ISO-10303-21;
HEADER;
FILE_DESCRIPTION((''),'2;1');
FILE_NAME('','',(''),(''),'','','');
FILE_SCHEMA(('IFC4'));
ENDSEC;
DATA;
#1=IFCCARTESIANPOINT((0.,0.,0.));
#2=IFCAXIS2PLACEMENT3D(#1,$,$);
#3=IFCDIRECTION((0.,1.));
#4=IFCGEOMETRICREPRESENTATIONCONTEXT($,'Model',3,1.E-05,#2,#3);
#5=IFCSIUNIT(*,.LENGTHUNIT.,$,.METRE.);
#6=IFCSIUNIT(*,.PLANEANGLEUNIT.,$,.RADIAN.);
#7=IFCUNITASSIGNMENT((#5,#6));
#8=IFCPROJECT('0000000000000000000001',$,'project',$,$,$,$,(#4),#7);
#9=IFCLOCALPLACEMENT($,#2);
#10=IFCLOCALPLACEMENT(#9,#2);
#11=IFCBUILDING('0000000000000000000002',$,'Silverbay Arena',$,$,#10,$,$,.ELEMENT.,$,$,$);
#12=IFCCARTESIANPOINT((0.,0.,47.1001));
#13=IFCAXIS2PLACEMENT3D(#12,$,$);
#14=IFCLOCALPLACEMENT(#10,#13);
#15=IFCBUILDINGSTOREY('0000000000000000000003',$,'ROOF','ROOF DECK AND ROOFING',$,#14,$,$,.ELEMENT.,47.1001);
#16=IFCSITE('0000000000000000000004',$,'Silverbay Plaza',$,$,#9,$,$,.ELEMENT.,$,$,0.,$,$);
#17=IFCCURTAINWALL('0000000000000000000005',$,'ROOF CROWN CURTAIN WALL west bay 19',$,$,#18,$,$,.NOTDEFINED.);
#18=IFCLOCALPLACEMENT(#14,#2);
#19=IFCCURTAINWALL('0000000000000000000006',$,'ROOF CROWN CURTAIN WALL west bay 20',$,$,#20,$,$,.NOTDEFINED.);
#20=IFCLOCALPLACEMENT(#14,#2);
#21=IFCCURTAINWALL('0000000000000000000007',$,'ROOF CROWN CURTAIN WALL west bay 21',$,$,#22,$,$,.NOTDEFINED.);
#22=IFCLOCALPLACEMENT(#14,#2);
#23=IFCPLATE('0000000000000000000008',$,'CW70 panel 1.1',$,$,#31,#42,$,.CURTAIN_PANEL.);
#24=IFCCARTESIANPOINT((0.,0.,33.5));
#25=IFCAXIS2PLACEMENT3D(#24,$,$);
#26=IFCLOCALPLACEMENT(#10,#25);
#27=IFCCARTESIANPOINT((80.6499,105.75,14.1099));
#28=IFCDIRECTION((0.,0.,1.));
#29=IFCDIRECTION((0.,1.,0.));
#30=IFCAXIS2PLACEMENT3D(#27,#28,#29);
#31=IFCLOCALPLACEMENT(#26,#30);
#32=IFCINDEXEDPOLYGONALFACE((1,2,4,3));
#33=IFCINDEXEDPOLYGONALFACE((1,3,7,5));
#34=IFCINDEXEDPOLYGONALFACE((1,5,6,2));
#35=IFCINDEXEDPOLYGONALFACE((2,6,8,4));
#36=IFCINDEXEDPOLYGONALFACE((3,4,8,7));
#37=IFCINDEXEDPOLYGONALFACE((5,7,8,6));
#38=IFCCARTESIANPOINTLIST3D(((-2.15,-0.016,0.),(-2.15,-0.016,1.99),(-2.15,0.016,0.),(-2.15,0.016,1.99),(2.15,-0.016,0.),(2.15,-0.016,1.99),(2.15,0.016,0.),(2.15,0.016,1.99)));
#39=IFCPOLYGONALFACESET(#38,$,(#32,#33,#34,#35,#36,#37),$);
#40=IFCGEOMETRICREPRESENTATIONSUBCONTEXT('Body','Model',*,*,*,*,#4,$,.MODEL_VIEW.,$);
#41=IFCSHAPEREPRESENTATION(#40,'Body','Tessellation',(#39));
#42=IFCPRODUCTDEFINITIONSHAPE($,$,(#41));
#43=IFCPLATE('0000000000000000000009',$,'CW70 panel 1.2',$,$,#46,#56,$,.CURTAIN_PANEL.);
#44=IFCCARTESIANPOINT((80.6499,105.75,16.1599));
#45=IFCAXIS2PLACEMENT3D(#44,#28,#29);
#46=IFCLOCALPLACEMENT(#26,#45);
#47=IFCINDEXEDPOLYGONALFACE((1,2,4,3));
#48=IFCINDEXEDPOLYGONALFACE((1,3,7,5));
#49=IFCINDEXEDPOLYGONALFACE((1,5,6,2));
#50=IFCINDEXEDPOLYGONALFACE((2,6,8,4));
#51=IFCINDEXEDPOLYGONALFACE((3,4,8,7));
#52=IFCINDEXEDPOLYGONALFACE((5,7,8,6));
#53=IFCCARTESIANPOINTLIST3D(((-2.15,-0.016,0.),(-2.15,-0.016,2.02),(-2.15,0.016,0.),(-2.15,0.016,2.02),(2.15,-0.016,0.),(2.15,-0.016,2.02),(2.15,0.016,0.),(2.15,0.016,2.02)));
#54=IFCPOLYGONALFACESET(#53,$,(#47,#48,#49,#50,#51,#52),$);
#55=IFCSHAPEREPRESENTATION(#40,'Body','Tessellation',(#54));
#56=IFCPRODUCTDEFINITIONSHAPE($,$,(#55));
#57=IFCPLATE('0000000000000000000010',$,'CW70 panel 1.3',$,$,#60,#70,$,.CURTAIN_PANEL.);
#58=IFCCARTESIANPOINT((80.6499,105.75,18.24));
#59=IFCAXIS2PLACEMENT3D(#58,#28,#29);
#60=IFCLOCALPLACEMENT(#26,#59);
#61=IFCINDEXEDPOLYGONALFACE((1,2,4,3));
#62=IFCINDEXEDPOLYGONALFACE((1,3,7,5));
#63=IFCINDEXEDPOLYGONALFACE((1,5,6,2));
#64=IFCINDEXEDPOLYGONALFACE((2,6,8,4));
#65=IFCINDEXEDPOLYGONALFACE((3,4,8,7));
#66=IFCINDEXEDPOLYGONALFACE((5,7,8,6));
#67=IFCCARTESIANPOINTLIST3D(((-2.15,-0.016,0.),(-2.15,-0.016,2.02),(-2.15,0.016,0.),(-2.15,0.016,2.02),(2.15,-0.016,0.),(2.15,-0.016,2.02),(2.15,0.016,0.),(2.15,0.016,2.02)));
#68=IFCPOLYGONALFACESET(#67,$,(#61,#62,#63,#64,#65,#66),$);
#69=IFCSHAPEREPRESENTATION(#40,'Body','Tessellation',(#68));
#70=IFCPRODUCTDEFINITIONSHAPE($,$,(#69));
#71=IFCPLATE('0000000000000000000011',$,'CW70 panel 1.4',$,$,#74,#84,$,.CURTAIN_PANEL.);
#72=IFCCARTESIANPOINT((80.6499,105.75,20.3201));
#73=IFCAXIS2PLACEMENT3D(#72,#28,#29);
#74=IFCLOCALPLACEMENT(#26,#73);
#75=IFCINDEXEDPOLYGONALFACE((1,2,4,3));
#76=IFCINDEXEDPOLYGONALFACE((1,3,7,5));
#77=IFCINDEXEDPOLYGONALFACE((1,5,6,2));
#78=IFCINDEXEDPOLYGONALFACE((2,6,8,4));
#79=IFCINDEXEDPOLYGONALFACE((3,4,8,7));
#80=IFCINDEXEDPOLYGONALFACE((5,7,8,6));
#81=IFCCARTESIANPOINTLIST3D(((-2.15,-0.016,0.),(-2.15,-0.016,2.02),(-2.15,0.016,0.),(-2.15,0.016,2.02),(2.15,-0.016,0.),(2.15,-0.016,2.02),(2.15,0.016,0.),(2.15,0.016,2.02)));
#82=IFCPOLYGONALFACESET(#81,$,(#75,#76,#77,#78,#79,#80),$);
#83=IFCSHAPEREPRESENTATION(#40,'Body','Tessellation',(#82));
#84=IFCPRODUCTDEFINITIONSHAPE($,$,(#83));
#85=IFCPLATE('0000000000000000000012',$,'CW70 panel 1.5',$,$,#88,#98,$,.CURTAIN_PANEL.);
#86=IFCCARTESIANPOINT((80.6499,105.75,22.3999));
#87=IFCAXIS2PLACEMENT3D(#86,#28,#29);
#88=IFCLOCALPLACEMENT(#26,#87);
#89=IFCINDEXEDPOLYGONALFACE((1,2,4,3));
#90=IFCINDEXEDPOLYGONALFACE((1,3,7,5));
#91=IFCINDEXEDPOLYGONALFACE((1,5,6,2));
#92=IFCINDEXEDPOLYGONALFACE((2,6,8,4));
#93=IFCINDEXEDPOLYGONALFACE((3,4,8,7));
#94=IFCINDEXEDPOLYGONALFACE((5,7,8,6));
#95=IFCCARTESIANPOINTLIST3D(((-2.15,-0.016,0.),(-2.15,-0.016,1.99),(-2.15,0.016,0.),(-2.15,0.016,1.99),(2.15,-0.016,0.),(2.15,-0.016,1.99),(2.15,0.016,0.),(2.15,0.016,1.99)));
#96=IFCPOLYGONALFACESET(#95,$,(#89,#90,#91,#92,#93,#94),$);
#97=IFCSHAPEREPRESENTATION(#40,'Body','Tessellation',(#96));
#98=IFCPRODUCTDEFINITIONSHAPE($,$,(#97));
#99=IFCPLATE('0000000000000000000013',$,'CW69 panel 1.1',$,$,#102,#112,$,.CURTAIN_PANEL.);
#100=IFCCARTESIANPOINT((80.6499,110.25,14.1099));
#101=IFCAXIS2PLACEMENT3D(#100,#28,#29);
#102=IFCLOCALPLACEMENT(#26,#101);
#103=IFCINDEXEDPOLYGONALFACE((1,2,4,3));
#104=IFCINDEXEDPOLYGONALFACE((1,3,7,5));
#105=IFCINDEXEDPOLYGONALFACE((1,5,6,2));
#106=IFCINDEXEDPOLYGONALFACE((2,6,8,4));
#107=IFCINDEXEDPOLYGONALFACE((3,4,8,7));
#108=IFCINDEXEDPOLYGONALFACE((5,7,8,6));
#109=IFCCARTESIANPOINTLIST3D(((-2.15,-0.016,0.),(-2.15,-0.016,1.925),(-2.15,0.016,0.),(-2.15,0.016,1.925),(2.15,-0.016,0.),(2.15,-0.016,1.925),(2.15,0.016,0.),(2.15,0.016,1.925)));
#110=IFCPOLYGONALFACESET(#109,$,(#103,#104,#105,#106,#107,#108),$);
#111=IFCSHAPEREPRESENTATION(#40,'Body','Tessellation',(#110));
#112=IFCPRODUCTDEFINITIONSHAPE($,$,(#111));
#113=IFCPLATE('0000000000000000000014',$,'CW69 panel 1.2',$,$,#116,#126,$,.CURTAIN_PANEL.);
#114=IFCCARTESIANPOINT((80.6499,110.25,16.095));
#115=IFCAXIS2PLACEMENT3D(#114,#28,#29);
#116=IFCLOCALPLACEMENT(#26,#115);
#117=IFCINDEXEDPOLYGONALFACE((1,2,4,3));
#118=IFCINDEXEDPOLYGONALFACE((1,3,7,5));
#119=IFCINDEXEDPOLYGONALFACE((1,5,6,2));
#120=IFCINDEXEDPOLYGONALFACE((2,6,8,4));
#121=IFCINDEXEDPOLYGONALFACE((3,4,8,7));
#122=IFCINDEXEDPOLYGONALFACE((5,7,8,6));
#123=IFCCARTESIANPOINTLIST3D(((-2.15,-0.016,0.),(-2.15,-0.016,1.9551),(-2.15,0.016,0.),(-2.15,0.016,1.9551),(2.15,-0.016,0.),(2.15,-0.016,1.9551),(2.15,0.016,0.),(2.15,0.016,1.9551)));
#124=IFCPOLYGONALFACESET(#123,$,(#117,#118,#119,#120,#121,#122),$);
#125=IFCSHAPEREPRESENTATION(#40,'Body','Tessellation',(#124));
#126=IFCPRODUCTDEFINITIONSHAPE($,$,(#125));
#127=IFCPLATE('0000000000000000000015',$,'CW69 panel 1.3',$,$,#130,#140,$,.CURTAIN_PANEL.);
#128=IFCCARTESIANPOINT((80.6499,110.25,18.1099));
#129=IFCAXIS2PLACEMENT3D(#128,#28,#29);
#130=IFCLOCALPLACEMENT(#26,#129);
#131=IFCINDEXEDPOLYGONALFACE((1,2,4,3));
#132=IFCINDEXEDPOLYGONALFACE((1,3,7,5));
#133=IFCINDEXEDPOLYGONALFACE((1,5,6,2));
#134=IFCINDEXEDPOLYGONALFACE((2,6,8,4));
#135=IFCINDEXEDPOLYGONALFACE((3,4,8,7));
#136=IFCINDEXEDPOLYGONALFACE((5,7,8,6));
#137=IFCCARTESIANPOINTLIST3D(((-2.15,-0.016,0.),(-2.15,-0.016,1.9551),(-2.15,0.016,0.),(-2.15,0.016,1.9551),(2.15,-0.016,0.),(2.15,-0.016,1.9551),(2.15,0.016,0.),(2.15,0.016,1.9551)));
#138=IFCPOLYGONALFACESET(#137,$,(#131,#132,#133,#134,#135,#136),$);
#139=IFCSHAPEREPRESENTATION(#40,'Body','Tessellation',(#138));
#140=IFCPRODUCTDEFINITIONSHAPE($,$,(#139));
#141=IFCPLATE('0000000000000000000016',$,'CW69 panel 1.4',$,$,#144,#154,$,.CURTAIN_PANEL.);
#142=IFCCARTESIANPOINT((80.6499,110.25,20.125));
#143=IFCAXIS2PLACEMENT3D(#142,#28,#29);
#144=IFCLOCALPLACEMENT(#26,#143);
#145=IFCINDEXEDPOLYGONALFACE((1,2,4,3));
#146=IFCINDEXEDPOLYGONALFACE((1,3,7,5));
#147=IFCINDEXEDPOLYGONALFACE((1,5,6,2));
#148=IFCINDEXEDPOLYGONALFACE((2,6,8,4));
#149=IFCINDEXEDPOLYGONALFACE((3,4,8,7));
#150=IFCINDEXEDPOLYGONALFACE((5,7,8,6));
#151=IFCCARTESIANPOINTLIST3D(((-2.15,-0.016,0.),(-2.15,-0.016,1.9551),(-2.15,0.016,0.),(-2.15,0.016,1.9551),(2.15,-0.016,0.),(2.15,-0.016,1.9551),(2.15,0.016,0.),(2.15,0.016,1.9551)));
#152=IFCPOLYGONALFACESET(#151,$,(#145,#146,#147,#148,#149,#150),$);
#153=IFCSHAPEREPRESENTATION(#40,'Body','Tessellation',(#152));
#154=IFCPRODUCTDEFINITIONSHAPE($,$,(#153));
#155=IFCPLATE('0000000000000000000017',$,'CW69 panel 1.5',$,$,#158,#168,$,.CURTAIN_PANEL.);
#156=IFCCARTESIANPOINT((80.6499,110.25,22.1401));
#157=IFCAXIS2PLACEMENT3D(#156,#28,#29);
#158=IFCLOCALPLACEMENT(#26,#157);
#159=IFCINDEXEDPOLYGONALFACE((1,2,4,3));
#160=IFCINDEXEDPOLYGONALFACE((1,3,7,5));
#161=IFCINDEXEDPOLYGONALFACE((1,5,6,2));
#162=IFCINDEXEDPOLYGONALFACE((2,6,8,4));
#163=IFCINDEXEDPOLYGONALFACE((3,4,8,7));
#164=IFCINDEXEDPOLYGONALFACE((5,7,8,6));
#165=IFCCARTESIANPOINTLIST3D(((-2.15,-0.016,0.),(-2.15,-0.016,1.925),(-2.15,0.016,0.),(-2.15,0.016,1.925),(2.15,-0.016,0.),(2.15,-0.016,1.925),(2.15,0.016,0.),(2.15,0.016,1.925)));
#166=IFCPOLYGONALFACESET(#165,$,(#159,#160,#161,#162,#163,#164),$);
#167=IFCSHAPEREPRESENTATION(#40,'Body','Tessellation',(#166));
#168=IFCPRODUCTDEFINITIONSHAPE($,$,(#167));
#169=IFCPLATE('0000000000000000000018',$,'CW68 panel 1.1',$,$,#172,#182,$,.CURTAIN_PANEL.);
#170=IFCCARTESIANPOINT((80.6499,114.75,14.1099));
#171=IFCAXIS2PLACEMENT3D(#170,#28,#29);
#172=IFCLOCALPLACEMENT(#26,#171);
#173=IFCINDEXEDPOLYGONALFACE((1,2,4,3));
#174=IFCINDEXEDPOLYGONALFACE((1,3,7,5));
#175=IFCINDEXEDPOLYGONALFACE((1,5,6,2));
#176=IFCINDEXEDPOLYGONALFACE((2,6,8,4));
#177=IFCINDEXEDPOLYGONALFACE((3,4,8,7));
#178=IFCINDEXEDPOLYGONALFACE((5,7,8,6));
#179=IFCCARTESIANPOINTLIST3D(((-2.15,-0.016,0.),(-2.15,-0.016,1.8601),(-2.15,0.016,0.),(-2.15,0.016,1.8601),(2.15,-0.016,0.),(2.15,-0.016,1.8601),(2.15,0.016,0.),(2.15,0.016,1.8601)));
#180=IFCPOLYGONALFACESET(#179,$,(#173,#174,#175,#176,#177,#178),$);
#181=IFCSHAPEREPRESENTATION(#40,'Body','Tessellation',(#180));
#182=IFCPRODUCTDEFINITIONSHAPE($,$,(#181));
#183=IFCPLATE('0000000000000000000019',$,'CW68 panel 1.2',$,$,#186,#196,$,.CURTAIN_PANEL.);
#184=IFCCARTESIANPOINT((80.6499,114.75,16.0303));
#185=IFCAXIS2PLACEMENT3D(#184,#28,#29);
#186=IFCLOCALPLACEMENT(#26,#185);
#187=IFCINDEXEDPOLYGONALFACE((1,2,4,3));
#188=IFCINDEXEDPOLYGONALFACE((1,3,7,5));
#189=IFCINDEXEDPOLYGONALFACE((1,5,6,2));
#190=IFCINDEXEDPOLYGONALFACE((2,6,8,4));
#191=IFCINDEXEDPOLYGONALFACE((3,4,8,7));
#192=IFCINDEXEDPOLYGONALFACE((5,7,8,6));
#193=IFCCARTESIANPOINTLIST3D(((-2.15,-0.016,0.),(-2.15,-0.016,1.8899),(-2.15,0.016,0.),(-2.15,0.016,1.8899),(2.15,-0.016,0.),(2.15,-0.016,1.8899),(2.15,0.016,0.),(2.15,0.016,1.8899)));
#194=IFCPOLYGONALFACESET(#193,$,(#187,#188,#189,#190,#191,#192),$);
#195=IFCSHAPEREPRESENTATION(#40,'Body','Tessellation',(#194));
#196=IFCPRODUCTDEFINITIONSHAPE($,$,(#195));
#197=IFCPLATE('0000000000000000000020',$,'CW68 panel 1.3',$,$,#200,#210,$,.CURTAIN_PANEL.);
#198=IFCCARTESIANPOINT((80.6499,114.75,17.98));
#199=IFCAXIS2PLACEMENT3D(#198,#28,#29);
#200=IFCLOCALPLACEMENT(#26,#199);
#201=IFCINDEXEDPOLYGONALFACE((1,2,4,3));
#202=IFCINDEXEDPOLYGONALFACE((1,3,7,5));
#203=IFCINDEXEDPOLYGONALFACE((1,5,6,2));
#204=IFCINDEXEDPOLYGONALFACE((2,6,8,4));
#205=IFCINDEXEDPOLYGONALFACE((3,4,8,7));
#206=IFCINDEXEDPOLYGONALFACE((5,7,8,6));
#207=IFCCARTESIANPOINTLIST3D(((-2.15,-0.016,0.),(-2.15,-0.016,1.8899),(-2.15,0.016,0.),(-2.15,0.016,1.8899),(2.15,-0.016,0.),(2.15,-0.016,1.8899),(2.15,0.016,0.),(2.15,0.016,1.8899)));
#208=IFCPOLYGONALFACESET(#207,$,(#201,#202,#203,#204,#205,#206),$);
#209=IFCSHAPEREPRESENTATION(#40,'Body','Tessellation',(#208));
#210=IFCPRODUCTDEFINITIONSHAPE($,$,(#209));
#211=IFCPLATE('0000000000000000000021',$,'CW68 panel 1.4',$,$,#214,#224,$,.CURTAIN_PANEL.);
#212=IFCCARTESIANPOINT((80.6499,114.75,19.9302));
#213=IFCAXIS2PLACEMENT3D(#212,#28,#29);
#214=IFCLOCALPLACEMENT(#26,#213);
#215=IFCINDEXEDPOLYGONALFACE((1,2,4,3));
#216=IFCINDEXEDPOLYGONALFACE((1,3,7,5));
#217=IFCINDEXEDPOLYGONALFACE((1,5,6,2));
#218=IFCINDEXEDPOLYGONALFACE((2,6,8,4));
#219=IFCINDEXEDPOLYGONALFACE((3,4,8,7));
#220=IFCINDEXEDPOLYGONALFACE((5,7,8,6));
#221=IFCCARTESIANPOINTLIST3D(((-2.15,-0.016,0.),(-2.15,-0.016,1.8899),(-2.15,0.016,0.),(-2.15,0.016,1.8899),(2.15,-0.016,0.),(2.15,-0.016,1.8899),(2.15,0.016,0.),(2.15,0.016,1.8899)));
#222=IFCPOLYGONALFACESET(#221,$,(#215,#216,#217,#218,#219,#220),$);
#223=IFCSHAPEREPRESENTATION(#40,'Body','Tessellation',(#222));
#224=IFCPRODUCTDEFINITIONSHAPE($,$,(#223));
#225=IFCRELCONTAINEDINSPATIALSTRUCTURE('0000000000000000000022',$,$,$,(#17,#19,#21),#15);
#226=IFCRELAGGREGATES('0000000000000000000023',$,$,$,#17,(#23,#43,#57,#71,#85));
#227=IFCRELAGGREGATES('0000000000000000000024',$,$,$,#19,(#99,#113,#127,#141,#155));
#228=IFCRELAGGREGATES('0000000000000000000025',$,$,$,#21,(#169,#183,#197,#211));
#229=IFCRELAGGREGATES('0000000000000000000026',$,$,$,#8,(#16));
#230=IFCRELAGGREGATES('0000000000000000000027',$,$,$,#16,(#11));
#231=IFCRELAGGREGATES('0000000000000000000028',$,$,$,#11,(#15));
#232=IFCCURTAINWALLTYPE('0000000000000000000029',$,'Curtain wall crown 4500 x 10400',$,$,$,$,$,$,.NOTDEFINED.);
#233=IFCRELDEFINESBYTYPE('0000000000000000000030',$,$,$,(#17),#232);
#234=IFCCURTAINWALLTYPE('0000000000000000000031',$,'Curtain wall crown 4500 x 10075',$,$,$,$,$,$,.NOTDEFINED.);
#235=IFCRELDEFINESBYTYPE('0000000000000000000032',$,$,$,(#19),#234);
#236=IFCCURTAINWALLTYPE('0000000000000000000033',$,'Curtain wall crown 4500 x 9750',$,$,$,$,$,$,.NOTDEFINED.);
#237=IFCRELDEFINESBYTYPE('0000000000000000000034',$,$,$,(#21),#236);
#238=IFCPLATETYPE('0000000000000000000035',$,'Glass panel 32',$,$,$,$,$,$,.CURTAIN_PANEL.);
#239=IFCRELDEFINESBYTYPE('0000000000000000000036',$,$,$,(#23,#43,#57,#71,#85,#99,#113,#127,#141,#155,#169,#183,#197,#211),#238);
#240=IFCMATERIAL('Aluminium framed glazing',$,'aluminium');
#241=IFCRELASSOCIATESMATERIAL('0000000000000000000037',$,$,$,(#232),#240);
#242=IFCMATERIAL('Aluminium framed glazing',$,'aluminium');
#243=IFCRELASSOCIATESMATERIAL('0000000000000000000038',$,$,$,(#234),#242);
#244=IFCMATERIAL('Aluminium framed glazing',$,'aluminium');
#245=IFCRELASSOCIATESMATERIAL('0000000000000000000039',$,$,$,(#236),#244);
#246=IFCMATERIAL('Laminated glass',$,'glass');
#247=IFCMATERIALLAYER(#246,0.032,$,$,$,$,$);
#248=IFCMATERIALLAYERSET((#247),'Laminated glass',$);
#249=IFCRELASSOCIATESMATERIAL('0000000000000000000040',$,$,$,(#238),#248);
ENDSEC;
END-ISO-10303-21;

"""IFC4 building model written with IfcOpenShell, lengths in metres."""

from ifc_helpers import new_model, si_unit, direction, frame, origin, origin_2d, place, context, subcontext, project, spatial, rectangle, extrude, material, layer, layer_set, type_object, element, aggregate, save


model = new_model("IFC4")

# Units and contexts
model_context = context("Model", 3, precision=1e-05, world=origin(), true_north=direction((0.0, 1.0)))
body_context = subcontext(model_context, "Body", "Model", "MODEL_VIEW")
ifc_project = project(units=[si_unit("LENGTHUNIT", "METRE"), si_unit("PLANEANGLEUNIT", "RADIAN")], contexts=[model_context])

# Site, building, storey
site_placement = place(None, origin())
site = spatial("IfcSite", under=ifc_project, at=site_placement, Name="Silverbay Plaza", CompositionType="ELEMENT", RefElevation=0.0)
building_placement = place(site_placement, origin())
building = spatial("IfcBuilding", under=site, at=building_placement, Name="Silverbay Arena", CompositionType="ELEMENT")
storey_placement = place(building_placement, frame((0.0, 0.0, 47.1001)))
storey = spatial("IfcBuildingStorey", under=building, at=storey_placement, Name="ROOF", Description="ROOF DECK AND ROOFING", CompositionType="ELEMENT", Elevation=47.1001)

# Curtain wall
ifc_material_1 = material(Name="Aluminium framed glazing", Category="aluminium")
curtain_wall_type_1 = type_object("IfcCurtainWallType", Name="Curtain wall crown 4500 x 10400", PredefinedType="NOTDEFINED", material=ifc_material_1)
curtain_wall_1_placement = place(storey_placement, origin())
curtain_wall_1 = element("IfcCurtainWall", 1, at=curtain_wall_1_placement, inside=storey, type_object=curtain_wall_type_1, Name="ROOF CROWN CURTAIN WALL west bay 19", PredefinedType="NOTDEFINED")
placement = place(building_placement, frame((0.0, 0.0, 33.5)))

# Curtain walls
ifc_material_2 = material(Name="Aluminium framed glazing", Category="aluminium")
curtain_wall_type_2 = type_object("IfcCurtainWallType", Name="Curtain wall crown 4500 x 10075", PredefinedType="NOTDEFINED", material=ifc_material_2)
curtain_wall_2_placement = place(storey_placement, origin())
curtain_wall_2 = element("IfcCurtainWall", 2, at=curtain_wall_2_placement, inside=storey, type_object=curtain_wall_type_2, Name="ROOF CROWN CURTAIN WALL west bay 20", PredefinedType="NOTDEFINED")
ifc_material_3 = material(Name="Aluminium framed glazing", Category="aluminium")
curtain_wall_type_3 = type_object("IfcCurtainWallType", Name="Curtain wall crown 4500 x 9750", PredefinedType="NOTDEFINED", material=ifc_material_3)
curtain_wall_3_placement = place(storey_placement, origin())
curtain_wall_3 = element("IfcCurtainWall", 3, at=curtain_wall_3_placement, inside=storey, type_object=curtain_wall_type_3, Name="ROOF CROWN CURTAIN WALL west bay 21", PredefinedType="NOTDEFINED")

# Plates
ifc_material_4 = material(Name="Laminated glass", Category="glass")
ifc_layer_1 = layer(ifc_material_4, 0.032)
ifc_layer_set_1 = layer_set([ifc_layer_1], Name="Laminated glass")
plate_type = type_object("IfcPlateType", Name="Glass panel 32", PredefinedType="CURTAIN_PANEL", material=ifc_layer_set_1)
plate_1_placement = place(placement, frame((80.6499, 105.75, 14.1099), z_axis=(0.0, 0.0, 1.0), x_axis=(0.0, 1.0, 0.0)))
plate_1 = element("IfcPlate", 4, at=plate_1_placement, type_object=plate_type, Name="CW70 panel 1.1", PredefinedType="CURTAIN_PANEL", context=body_context, shape_type="SweptSolid", body=[
    extrude(rectangle(XDim=4.3, YDim=0.032, at=origin_2d()), origin(), (0.0, 0.0, 1.0), 1.99),
])
plate_2_placement = place(placement, frame((80.6499, 105.75, 16.1599), z_axis=(0.0, 0.0, 1.0), x_axis=(0.0, 1.0, 0.0)))
plate_2 = element("IfcPlate", 5, at=plate_2_placement, type_object=plate_type, Name="CW70 panel 1.2", PredefinedType="CURTAIN_PANEL", context=body_context, shape_type="SweptSolid", body=[
    extrude(rectangle(XDim=4.3, YDim=0.032, at=origin_2d()), origin(), (0.0, 0.0, 1.0), 2.02),
])
plate_3_placement = place(placement, frame((80.6499, 105.75, 18.24), z_axis=(0.0, 0.0, 1.0), x_axis=(0.0, 1.0, 0.0)))
plate_3 = element("IfcPlate", 6, at=plate_3_placement, type_object=plate_type, Name="CW70 panel 1.3", PredefinedType="CURTAIN_PANEL", context=body_context, shape_type="SweptSolid", body=[
    extrude(rectangle(XDim=4.3, YDim=0.032, at=origin_2d()), origin(), (0.0, 0.0, 1.0), 2.02),
])
plate_4_placement = place(placement, frame((80.6499, 105.75, 20.3201), z_axis=(0.0, 0.0, 1.0), x_axis=(0.0, 1.0, 0.0)))
plate_4 = element("IfcPlate", 7, at=plate_4_placement, type_object=plate_type, Name="CW70 panel 1.4", PredefinedType="CURTAIN_PANEL", context=body_context, shape_type="SweptSolid", body=[
    extrude(rectangle(XDim=4.3, YDim=0.032, at=origin_2d()), origin(), (0.0, 0.0, 1.0), 2.02),
])
plate_5_placement = place(placement, frame((80.6499, 105.75, 22.3999), z_axis=(0.0, 0.0, 1.0), x_axis=(0.0, 1.0, 0.0)))
plate_5 = element("IfcPlate", 8, at=plate_5_placement, type_object=plate_type, Name="CW70 panel 1.5", PredefinedType="CURTAIN_PANEL", context=body_context, shape_type="SweptSolid", body=[
    extrude(rectangle(XDim=4.3, YDim=0.032, at=origin_2d()), origin(), (0.0, 0.0, 1.0), 1.99),
])
aggregate(curtain_wall_1, [plate_1, plate_2, plate_3, plate_4, plate_5])
plate_6_placement = place(placement, frame((80.6499, 110.25, 14.1099), z_axis=(0.0, 0.0, 1.0), x_axis=(0.0, 1.0, 0.0)))
plate_6 = element("IfcPlate", 9, at=plate_6_placement, type_object=plate_type, Name="CW69 panel 1.1", PredefinedType="CURTAIN_PANEL", context=body_context, shape_type="SweptSolid", body=[
    extrude(rectangle(XDim=4.3, YDim=0.032, at=origin_2d()), origin(), (0.0, 0.0, 1.0), 1.925),
])
plate_7_placement = place(placement, frame((80.6499, 110.25, 16.095), z_axis=(0.0, 0.0, 1.0), x_axis=(0.0, 1.0, 0.0)))
plate_7 = element("IfcPlate", 10, at=plate_7_placement, type_object=plate_type, Name="CW69 panel 1.2", PredefinedType="CURTAIN_PANEL", context=body_context, shape_type="SweptSolid", body=[
    extrude(rectangle(XDim=4.3, YDim=0.032, at=origin_2d()), origin(), (0.0, 0.0, 1.0), 1.9551),
])
plate_8_placement = place(placement, frame((80.6499, 110.25, 18.1099), z_axis=(0.0, 0.0, 1.0), x_axis=(0.0, 1.0, 0.0)))
plate_8 = element("IfcPlate", 11, at=plate_8_placement, type_object=plate_type, Name="CW69 panel 1.3", PredefinedType="CURTAIN_PANEL", context=body_context, shape_type="SweptSolid", body=[
    extrude(rectangle(XDim=4.3, YDim=0.032, at=origin_2d()), origin(), (0.0, 0.0, 1.0), 1.9551),
])
plate_9_placement = place(placement, frame((80.6499, 110.25, 20.125), z_axis=(0.0, 0.0, 1.0), x_axis=(0.0, 1.0, 0.0)))
plate_9 = element("IfcPlate", 12, at=plate_9_placement, type_object=plate_type, Name="CW69 panel 1.4", PredefinedType="CURTAIN_PANEL", context=body_context, shape_type="SweptSolid", body=[
    extrude(rectangle(XDim=4.3, YDim=0.032, at=origin_2d()), origin(), (0.0, 0.0, 1.0), 1.9551),
])
plate_10_placement = place(placement, frame((80.6499, 110.25, 22.1401), z_axis=(0.0, 0.0, 1.0), x_axis=(0.0, 1.0, 0.0)))
plate_10 = element("IfcPlate", 13, at=plate_10_placement, type_object=plate_type, Name="CW69 panel 1.5", PredefinedType="CURTAIN_PANEL", context=body_context, shape_type="SweptSolid", body=[
    extrude(rectangle(XDim=4.3, YDim=0.032, at=origin_2d()), origin(), (0.0, 0.0, 1.0), 1.925),
])
aggregate(curtain_wall_2, [plate_6, plate_7, plate_8, plate_9, plate_10])
plate_11_placement = place(placement, frame((80.6499, 114.75, 14.1099), z_axis=(0.0, 0.0, 1.0), x_axis=(0.0, 1.0, 0.0)))
plate_11 = element("IfcPlate", 14, at=plate_11_placement, type_object=plate_type, Name="CW68 panel 1.1", PredefinedType="CURTAIN_PANEL", context=body_context, shape_type="SweptSolid", body=[
    extrude(rectangle(XDim=4.3, YDim=0.032, at=origin_2d()), origin(), (0.0, 0.0, 1.0), 1.8601),
])
plate_12_placement = place(placement, frame((80.6499, 114.75, 16.0303), z_axis=(0.0, 0.0, 1.0), x_axis=(0.0, 1.0, 0.0)))
plate_12 = element("IfcPlate", 15, at=plate_12_placement, type_object=plate_type, Name="CW68 panel 1.2", PredefinedType="CURTAIN_PANEL", context=body_context, shape_type="SweptSolid", body=[
    extrude(rectangle(XDim=4.3, YDim=0.032, at=origin_2d()), origin(), (0.0, 0.0, 1.0), 1.8899),
])
plate_13_placement = place(placement, frame((80.6499, 114.75, 17.98), z_axis=(0.0, 0.0, 1.0), x_axis=(0.0, 1.0, 0.0)))
plate_13 = element("IfcPlate", 16, at=plate_13_placement, type_object=plate_type, Name="CW68 panel 1.3", PredefinedType="CURTAIN_PANEL", context=body_context, shape_type="SweptSolid", body=[
    extrude(rectangle(XDim=4.3, YDim=0.032, at=origin_2d()), origin(), (0.0, 0.0, 1.0), 1.8899),
])
plate_14_placement = place(placement, frame((80.6499, 114.75, 19.9302), z_axis=(0.0, 0.0, 1.0), x_axis=(0.0, 1.0, 0.0)))
plate_14 = element("IfcPlate", 17, at=plate_14_placement, type_object=plate_type, Name="CW68 panel 1.4", PredefinedType="CURTAIN_PANEL", context=body_context, shape_type="SweptSolid", body=[
    extrude(rectangle(XDim=4.3, YDim=0.032, at=origin_2d()), origin(), (0.0, 0.0, 1.0), 1.8899),
])
aggregate(curtain_wall_3, [plate_11, plate_12, plate_13, plate_14])

save(model, "model.ifc")
